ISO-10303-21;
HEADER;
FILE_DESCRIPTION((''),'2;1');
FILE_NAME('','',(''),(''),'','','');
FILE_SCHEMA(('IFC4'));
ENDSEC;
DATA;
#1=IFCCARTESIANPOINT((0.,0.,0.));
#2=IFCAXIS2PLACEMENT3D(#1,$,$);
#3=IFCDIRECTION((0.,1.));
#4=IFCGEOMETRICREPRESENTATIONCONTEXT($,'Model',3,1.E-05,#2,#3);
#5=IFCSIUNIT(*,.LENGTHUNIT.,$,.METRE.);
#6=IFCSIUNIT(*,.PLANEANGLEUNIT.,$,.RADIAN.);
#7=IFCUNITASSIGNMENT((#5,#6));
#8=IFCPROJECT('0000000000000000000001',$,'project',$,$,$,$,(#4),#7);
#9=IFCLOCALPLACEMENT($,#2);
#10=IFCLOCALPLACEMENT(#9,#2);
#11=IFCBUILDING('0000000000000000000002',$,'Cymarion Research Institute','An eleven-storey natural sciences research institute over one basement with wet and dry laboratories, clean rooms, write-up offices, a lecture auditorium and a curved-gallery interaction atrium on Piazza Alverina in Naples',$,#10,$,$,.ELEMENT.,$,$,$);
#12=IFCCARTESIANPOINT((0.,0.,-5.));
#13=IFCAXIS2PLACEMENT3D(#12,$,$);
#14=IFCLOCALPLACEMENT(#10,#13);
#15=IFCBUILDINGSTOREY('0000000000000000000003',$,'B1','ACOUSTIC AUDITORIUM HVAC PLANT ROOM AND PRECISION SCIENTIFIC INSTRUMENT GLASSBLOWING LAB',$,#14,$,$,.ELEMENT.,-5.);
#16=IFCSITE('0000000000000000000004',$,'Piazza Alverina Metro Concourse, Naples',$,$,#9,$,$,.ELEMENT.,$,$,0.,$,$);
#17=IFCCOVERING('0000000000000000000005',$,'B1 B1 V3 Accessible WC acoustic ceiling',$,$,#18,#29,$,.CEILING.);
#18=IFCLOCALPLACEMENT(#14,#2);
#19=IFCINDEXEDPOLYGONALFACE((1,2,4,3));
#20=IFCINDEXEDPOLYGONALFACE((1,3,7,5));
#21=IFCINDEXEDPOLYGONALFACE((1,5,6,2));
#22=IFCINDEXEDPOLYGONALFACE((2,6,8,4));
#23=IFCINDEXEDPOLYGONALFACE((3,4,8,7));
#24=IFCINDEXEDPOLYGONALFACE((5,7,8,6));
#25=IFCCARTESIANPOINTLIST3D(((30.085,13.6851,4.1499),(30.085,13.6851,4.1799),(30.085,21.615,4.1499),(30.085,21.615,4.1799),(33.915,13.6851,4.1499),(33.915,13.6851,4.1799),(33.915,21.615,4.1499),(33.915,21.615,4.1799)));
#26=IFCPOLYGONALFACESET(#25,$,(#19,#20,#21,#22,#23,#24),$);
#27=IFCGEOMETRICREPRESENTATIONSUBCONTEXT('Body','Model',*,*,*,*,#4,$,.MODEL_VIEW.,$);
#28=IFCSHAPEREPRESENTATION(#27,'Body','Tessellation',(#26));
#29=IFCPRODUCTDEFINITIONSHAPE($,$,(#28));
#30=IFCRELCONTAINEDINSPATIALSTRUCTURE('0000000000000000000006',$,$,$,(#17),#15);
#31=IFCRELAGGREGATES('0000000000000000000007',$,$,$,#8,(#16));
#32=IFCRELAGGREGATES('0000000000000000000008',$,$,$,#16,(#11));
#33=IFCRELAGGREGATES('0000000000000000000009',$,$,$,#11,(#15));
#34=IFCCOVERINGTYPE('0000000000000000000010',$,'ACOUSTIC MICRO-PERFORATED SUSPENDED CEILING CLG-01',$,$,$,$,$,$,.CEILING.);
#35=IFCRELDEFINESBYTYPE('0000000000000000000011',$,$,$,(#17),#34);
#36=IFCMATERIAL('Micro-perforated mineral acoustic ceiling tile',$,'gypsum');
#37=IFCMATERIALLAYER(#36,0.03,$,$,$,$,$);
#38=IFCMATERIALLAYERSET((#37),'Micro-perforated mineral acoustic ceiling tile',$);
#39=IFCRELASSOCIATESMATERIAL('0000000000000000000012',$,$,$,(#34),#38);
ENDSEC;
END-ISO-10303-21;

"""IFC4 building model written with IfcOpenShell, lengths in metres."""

from ifc_helpers import new_model, si_unit, direction, frame, origin, place, context, subcontext, project, spatial, polyline, outline, extrude, material, layer, layer_set, type_object, element, save


model = new_model("IFC4")

# Units and contexts
model_context = context("Model", 3, precision=1e-05, world=origin(), true_north=direction((0.0, 1.0)))
body_context = subcontext(model_context, "Body", "Model", "MODEL_VIEW")
ifc_project = project(units=[si_unit("LENGTHUNIT", "METRE"), si_unit("PLANEANGLEUNIT", "RADIAN")], contexts=[model_context])

# Site, building, storey
site_placement = place(None, origin())
site = spatial("IfcSite", under=ifc_project, at=site_placement, Name="Piazza Alverina Metro Concourse, Naples", CompositionType="ELEMENT", RefElevation=0.0)
building_placement = place(site_placement, origin())
building = spatial("IfcBuilding", under=site, at=building_placement, Name="Cymarion Research Institute", Description="An eleven-storey natural sciences research institute over one basement with wet and dry laboratories, clean rooms, write-up offices, a lecture auditorium and a curved-gallery interaction atrium on Piazza Alverina in Naples", CompositionType="ELEMENT")
storey_placement = place(building_placement, frame((0.0, 0.0, -5.0)))
storey = spatial("IfcBuildingStorey", under=building, at=storey_placement, Name="B1", Description="ACOUSTIC AUDITORIUM HVAC PLANT ROOM AND PRECISION SCIENTIFIC INSTRUMENT GLASSBLOWING LAB", CompositionType="ELEMENT", Elevation=-5.0)

# Covering
ifc_material_1 = material(Name="Micro-perforated mineral acoustic ceiling tile", Category="gypsum")
ifc_layer_1 = layer(ifc_material_1, 0.03)
ifc_layer_set_1 = layer_set([ifc_layer_1], Name="Micro-perforated mineral acoustic ceiling tile")
covering_type = type_object("IfcCoveringType", Name="ACOUSTIC MICRO-PERFORATED SUSPENDED CEILING CLG-01", PredefinedType="CEILING", material=ifc_layer_set_1)
covering_1_placement = place(storey_placement, frame((0.0, 0.0, 4.1499)))
element("IfcCovering", 1, at=covering_1_placement, inside=storey, type_object=covering_type, Name="B1 B1 V3 Accessible WC acoustic ceiling", PredefinedType="CEILING", context=body_context, shape_type="SweptSolid", body=[
    extrude(outline(polyline([(33.915, 21.615), (33.915, 13.6851), (30.085, 13.6851), (30.085, 21.615), (33.915, 21.615)])), origin(), (0.0, 0.0, 1.0), 0.03),
])

save(model, "model.ifc")
